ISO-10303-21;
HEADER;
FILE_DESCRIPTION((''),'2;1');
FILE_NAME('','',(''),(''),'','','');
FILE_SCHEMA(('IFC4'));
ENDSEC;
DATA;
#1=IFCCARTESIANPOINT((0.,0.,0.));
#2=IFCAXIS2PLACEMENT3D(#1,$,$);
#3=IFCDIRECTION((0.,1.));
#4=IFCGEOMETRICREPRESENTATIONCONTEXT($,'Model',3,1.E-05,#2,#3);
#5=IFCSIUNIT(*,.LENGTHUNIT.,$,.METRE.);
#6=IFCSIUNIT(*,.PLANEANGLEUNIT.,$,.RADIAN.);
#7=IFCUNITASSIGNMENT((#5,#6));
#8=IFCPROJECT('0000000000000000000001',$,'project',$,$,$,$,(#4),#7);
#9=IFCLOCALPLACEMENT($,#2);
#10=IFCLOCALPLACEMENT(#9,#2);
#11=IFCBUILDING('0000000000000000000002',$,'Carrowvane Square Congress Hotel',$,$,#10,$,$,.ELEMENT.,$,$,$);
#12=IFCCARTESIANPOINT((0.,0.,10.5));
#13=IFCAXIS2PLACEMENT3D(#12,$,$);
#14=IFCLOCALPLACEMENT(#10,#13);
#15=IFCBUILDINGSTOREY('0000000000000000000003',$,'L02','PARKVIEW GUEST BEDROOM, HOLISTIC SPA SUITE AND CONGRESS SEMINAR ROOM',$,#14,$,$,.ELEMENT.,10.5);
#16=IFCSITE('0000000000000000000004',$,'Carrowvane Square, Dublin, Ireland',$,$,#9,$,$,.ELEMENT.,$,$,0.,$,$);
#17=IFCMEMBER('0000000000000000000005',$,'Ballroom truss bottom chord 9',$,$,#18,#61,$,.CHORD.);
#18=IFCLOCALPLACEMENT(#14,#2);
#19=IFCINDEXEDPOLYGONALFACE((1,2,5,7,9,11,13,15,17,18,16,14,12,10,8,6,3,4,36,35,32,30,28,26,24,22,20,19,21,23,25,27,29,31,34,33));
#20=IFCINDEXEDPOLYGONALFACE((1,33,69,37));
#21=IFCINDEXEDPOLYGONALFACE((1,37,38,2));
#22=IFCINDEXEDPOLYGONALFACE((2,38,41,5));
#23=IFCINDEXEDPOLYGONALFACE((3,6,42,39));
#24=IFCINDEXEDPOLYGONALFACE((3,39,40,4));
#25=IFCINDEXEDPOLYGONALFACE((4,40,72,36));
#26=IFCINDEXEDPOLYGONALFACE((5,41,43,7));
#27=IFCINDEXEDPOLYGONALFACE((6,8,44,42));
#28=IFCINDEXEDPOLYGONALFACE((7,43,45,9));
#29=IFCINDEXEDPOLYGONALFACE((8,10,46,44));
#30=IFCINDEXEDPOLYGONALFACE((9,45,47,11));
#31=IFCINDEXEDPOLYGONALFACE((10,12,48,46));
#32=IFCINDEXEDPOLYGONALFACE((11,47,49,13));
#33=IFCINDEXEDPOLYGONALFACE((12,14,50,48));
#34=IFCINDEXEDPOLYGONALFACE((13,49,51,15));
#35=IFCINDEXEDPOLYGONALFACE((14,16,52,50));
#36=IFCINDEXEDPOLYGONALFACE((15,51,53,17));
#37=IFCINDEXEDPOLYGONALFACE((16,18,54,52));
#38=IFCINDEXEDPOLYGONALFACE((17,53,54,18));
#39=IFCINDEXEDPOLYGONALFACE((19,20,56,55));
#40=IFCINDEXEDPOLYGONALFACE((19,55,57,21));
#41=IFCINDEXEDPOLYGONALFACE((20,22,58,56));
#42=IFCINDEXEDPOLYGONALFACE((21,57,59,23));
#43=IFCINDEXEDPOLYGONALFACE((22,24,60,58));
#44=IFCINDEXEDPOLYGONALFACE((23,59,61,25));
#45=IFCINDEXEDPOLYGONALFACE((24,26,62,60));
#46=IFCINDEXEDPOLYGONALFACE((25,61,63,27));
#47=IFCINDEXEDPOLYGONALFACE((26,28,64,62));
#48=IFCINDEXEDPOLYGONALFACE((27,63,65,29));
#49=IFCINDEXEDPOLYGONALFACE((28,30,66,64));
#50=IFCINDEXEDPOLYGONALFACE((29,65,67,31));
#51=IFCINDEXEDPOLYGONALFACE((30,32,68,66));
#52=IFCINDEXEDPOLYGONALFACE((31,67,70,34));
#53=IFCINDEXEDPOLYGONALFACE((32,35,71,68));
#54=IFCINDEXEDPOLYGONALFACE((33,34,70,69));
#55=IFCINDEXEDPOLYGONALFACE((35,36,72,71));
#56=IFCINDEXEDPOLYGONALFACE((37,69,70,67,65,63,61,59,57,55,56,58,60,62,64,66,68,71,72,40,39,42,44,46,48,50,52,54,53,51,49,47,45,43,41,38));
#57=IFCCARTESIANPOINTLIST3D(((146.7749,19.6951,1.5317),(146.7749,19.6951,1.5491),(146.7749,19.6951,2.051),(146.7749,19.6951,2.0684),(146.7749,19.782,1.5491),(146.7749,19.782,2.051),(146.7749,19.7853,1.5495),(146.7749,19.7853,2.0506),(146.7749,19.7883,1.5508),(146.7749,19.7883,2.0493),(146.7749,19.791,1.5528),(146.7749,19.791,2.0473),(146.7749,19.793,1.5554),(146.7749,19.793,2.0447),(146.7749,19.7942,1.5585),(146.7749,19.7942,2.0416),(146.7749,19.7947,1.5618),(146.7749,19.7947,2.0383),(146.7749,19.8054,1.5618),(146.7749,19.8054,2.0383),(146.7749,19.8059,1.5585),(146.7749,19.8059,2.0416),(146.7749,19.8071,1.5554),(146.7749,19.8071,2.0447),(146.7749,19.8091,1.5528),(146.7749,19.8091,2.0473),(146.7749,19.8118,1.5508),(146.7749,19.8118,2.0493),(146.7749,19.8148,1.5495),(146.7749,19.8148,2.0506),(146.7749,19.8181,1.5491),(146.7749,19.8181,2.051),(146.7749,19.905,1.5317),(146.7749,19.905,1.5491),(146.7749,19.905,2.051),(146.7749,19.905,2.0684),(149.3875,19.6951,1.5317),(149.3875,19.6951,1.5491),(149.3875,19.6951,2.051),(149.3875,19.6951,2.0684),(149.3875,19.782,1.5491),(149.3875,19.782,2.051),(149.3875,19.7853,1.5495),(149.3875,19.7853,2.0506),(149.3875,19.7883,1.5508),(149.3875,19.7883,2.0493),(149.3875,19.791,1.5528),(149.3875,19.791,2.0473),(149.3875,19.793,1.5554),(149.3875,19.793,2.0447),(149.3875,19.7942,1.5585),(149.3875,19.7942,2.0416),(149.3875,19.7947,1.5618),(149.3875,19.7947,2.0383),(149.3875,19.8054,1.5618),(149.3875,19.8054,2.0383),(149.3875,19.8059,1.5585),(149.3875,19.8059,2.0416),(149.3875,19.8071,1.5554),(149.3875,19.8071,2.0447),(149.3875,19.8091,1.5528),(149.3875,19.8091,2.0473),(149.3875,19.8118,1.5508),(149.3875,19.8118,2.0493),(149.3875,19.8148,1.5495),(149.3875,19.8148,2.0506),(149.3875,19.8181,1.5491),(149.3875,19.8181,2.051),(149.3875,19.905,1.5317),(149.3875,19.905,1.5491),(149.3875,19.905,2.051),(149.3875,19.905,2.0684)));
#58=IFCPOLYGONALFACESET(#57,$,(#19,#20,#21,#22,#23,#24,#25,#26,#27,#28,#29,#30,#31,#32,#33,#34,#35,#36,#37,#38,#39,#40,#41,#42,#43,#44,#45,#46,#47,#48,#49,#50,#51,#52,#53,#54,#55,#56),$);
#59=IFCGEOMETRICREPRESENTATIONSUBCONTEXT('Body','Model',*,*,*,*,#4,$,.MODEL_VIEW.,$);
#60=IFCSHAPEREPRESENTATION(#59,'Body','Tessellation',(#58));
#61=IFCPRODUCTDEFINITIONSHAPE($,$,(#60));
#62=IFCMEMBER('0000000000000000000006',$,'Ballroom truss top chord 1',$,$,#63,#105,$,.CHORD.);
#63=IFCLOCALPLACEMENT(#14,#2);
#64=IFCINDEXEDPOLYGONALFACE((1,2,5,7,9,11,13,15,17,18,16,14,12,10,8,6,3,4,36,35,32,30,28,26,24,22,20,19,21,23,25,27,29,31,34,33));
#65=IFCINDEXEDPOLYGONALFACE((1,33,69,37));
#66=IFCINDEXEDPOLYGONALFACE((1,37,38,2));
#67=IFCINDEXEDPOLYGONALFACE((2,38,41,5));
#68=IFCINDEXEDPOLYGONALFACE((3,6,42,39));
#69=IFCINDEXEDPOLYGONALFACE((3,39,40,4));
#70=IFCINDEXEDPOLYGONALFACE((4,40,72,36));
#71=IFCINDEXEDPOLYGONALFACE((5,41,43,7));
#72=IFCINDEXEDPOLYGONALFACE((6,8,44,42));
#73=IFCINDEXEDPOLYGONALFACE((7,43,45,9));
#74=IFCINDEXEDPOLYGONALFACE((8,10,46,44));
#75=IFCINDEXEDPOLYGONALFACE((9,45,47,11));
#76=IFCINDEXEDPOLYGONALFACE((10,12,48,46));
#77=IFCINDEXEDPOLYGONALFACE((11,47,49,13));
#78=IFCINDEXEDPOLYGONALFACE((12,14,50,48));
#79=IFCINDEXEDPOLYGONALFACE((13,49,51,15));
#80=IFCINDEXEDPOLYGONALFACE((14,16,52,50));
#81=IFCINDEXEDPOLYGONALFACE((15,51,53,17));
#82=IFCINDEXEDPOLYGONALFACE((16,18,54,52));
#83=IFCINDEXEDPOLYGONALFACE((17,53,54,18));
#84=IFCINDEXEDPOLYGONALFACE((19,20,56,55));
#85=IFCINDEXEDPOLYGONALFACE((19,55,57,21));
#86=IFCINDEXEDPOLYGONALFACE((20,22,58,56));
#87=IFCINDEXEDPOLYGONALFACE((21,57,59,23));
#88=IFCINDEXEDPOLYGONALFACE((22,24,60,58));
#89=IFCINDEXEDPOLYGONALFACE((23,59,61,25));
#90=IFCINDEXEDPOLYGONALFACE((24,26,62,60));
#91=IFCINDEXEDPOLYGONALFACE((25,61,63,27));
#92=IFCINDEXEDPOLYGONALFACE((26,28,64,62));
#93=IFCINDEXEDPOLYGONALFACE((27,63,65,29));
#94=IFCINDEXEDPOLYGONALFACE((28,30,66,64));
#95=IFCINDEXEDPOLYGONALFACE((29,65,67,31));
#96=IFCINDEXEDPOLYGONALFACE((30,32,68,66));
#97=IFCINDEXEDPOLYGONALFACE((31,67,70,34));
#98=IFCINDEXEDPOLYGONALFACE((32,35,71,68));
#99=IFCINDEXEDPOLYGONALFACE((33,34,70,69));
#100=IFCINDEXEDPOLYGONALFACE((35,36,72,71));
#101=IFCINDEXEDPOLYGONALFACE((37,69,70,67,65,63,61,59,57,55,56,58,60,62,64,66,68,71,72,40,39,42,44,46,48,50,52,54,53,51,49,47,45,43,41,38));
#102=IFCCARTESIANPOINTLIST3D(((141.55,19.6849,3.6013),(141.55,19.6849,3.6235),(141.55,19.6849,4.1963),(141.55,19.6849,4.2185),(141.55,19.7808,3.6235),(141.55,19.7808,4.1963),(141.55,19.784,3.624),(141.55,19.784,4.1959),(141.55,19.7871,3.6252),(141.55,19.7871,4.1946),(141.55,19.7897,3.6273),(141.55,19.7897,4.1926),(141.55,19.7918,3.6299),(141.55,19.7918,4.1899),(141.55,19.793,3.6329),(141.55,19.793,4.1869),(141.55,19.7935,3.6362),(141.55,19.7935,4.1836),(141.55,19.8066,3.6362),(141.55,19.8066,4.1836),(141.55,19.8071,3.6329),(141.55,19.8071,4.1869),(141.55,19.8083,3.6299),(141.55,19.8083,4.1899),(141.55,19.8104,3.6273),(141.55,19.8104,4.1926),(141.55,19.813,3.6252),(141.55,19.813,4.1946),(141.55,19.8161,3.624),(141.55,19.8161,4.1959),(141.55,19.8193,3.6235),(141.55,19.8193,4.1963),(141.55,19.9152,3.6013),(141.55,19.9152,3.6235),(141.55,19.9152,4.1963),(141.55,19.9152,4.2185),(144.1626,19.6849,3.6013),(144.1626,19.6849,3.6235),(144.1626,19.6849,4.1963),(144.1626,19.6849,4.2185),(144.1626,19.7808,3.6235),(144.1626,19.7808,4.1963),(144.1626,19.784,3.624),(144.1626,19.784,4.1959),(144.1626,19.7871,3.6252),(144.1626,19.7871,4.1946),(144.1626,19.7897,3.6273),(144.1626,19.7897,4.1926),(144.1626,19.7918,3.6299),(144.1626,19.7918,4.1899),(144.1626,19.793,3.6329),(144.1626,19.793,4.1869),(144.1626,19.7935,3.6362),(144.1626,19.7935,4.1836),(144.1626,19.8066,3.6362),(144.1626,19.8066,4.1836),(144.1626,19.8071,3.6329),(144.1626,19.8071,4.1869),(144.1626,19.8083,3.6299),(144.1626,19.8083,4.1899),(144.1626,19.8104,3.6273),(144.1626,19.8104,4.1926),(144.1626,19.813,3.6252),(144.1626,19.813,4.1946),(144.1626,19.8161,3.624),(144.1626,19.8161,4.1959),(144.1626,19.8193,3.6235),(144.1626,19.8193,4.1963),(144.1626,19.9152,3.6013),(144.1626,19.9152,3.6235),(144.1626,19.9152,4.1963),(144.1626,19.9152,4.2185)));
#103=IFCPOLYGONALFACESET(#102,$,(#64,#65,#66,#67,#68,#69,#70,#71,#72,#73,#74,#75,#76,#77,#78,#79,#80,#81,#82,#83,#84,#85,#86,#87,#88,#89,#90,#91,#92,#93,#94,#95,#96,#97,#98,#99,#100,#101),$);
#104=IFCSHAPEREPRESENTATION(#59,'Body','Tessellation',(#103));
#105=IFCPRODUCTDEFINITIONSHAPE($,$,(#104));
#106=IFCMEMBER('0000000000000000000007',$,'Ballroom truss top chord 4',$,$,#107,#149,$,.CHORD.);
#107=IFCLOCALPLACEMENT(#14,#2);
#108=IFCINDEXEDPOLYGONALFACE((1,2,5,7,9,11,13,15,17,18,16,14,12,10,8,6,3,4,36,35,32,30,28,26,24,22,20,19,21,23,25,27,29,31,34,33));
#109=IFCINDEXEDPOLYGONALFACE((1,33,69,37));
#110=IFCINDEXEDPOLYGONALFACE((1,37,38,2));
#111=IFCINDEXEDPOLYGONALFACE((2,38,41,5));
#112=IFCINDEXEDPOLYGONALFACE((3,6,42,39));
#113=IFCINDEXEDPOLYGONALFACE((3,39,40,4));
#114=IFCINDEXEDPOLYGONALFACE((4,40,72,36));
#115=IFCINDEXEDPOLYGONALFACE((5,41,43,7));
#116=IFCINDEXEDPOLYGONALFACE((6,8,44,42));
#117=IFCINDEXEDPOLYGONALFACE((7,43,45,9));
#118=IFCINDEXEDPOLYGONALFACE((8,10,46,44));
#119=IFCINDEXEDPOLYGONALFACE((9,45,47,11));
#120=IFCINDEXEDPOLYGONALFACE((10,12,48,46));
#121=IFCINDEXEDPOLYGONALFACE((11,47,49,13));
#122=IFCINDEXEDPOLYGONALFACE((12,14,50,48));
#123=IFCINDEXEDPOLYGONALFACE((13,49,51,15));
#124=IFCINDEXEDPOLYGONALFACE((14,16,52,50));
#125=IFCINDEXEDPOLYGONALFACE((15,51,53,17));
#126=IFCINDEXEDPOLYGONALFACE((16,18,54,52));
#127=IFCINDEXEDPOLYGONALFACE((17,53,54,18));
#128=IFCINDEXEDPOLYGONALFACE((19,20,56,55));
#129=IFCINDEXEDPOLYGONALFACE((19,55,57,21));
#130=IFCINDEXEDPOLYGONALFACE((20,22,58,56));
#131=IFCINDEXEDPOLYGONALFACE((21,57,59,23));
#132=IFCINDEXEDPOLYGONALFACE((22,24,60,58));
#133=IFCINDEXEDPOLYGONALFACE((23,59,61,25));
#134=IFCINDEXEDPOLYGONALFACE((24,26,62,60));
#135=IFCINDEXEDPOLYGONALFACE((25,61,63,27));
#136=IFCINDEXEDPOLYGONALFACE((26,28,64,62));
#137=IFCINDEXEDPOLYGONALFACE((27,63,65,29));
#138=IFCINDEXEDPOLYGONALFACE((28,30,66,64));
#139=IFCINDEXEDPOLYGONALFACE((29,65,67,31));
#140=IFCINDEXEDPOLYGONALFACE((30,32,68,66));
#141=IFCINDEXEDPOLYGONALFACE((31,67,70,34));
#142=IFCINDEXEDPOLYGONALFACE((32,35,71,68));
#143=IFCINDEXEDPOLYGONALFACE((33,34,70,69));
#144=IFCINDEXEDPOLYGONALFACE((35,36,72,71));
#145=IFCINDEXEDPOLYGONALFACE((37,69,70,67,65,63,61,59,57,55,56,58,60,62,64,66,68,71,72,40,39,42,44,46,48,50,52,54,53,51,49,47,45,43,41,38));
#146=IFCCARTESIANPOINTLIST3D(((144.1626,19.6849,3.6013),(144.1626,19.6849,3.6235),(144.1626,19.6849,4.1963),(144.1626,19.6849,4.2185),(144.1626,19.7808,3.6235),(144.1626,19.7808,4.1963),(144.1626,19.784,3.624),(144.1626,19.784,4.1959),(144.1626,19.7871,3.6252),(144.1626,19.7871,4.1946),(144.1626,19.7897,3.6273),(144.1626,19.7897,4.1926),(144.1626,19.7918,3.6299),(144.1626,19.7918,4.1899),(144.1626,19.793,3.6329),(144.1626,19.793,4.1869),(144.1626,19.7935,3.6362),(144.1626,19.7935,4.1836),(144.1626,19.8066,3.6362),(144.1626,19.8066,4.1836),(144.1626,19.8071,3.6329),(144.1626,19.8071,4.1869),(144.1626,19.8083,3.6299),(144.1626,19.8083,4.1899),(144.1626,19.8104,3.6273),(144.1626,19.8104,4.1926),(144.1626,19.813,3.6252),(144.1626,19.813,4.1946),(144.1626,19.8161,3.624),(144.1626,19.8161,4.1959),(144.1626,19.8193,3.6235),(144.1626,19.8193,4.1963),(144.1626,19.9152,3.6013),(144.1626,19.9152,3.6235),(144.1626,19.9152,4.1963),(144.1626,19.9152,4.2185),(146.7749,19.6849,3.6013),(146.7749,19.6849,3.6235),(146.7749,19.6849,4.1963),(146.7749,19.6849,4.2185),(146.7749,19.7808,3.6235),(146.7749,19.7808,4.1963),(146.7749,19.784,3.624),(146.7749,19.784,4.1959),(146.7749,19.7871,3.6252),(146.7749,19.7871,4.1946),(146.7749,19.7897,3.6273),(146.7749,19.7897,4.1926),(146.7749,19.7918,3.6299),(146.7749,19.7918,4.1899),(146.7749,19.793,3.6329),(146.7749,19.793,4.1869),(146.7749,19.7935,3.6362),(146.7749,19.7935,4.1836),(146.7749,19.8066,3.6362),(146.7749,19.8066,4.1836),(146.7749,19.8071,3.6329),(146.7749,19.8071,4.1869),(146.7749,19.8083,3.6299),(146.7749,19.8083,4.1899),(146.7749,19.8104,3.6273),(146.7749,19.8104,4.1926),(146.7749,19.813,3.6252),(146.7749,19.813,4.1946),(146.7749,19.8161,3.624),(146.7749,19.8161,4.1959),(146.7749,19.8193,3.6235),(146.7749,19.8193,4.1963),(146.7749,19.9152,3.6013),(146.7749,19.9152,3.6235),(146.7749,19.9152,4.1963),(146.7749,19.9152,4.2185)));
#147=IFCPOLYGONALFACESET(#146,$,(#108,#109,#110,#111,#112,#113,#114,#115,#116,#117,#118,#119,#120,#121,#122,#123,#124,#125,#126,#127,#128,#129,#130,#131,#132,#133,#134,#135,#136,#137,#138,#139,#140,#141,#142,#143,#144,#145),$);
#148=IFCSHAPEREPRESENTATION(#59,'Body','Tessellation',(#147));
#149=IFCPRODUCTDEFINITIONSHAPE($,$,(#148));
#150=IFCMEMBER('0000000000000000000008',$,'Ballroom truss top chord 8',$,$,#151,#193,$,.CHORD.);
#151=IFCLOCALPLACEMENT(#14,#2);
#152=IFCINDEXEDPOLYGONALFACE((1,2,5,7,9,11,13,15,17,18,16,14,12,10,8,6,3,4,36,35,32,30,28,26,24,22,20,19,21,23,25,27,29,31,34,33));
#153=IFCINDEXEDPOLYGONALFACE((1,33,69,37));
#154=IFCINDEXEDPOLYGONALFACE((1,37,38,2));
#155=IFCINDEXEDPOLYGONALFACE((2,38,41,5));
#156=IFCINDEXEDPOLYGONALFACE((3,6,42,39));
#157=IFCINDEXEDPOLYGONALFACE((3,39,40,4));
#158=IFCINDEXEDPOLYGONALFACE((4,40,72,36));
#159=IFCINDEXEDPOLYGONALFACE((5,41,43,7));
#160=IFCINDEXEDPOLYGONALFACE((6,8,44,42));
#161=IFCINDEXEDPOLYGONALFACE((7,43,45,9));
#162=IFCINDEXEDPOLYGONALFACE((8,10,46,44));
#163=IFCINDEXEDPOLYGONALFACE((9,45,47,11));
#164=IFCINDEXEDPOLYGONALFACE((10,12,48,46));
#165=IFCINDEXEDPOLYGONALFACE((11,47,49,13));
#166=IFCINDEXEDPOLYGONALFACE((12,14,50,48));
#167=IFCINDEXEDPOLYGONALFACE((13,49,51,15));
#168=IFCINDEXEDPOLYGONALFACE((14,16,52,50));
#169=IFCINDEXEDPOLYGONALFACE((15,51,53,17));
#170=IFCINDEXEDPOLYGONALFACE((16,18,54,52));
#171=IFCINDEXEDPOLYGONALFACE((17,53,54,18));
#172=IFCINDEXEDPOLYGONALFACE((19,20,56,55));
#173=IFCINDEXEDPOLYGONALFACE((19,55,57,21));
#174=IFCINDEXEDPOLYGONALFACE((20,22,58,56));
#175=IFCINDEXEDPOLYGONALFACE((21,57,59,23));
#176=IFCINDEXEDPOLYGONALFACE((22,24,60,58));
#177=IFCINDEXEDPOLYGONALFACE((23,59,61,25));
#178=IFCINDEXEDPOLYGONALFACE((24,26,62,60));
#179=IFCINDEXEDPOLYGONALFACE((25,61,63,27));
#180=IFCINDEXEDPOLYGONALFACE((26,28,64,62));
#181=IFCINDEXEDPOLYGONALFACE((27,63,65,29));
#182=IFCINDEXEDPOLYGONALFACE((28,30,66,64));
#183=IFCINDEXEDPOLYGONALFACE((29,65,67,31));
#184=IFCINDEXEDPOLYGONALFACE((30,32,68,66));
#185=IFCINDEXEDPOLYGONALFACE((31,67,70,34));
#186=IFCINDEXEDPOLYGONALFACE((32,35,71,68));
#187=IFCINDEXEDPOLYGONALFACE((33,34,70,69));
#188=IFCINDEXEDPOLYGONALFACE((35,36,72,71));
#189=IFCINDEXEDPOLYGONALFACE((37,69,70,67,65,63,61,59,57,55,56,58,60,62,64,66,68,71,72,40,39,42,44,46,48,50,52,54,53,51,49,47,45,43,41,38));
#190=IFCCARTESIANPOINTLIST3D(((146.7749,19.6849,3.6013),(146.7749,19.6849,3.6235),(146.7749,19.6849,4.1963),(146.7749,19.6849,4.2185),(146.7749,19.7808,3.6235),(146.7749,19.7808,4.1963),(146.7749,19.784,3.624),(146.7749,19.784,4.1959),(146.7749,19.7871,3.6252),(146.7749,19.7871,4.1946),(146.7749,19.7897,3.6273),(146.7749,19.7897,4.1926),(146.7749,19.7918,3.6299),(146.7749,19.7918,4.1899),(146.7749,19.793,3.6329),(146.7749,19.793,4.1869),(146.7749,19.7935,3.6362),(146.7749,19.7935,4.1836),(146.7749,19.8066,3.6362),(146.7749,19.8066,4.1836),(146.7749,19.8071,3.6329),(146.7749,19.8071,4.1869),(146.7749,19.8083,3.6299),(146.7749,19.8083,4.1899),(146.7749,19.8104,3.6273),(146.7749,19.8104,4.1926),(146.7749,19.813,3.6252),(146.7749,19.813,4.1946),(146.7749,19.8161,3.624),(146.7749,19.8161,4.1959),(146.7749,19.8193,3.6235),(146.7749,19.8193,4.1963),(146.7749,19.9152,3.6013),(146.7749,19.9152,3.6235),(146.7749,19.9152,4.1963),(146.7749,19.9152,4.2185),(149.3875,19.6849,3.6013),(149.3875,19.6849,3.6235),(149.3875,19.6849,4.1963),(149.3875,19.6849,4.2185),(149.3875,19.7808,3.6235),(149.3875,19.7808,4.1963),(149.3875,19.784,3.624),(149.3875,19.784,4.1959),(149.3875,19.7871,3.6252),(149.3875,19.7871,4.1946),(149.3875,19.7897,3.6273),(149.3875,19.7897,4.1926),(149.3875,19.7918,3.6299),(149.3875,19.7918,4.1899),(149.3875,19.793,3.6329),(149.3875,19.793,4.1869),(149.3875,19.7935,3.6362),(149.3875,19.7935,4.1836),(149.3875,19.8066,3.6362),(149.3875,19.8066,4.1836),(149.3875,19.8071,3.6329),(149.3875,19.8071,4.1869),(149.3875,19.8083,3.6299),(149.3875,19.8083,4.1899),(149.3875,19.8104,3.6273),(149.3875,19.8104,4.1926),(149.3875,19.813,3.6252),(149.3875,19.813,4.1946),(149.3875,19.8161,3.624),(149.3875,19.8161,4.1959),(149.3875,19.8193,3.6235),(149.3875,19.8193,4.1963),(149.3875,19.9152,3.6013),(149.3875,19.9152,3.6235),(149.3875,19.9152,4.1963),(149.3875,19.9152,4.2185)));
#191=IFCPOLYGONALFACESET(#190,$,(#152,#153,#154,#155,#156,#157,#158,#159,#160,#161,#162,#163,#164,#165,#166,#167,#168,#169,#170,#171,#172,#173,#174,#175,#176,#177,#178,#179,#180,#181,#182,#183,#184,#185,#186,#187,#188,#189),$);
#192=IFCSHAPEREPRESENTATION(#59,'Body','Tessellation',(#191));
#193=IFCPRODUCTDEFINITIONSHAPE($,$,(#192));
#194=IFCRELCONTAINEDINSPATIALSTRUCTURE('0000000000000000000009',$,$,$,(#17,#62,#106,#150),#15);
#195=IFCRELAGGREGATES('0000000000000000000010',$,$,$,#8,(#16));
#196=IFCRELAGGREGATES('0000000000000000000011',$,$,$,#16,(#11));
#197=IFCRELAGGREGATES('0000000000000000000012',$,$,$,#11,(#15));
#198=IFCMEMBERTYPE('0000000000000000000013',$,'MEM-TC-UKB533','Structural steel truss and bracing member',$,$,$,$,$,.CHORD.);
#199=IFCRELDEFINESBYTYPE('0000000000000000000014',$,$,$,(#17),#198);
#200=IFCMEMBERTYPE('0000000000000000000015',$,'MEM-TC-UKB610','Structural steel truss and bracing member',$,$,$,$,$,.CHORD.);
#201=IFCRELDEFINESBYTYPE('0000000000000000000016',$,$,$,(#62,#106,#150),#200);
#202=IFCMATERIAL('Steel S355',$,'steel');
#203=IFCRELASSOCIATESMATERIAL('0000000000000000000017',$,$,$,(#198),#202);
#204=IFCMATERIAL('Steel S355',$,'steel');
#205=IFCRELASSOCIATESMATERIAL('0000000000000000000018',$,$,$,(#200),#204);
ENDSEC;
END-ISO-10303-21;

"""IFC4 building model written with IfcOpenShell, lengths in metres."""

from ifc_helpers import new_model, si_unit, direction, frame, origin, origin_2d, place, context, subcontext, project, spatial, i_section, extrude, material, material_profile, profile_set, type_object, element, save


model = new_model("IFC4")

# Units and contexts
model_context = context("Model", 3, precision=1e-05, world=origin(), true_north=direction((0.0, 1.0)))
body_context = subcontext(model_context, "Body", "Model", "MODEL_VIEW")
ifc_project = project(units=[si_unit("LENGTHUNIT", "METRE"), si_unit("PLANEANGLEUNIT", "RADIAN")], contexts=[model_context])

# Site, building, storey
site_placement = place(None, origin())
site = spatial("IfcSite", under=ifc_project, at=site_placement, Name="Carrowvane Square, Dublin, Ireland", CompositionType="ELEMENT", RefElevation=0.0)
building_placement = place(site_placement, origin())
building = spatial("IfcBuilding", under=site, at=building_placement, Name="Carrowvane Square Congress Hotel", CompositionType="ELEMENT")
storey_placement = place(building_placement, frame((0.0, 0.0, 10.5)))
storey = spatial("IfcBuildingStorey", under=building, at=storey_placement, Name="L02", Description="PARKVIEW GUEST BEDROOM, HOLISTIC SPA SUITE AND CONGRESS SEMINAR ROOM", CompositionType="ELEMENT", Elevation=10.5)

# Members
ifc_material_1 = material(Name="Steel S355", Category="steel")
ifc_material_profile_1 = material_profile(ifc_material_1, i_section(OverallWidth=0.21, OverallDepth=0.5366, WebThickness=0.0107, FlangeThickness=0.0173, FilletRadius=0.0127, at=origin_2d()), Name="UKB 533x210x101")
ifc_profile_set_1 = profile_set([ifc_material_profile_1], Name="Steel S355")
member_type_1 = type_object("IfcMemberType", Name="MEM-TC-UKB533", Description="Structural steel truss and bracing member", PredefinedType="CHORD", material=ifc_profile_set_1)
member_1_placement = place(storey_placement, frame((146.7749, 19.8, 1.8), z_axis=(1.0, 0.0, 0.0), x_axis=(0.0, 1.0, 0.0)))
element("IfcMember", 1, at=member_1_placement, inside=storey, type_object=member_type_1, Name="Ballroom truss bottom chord 9", PredefinedType="CHORD", context=body_context, shape_type="SweptSolid", body=[
    extrude(i_section(OverallWidth=0.21, OverallDepth=0.5366, WebThickness=0.0107, FlangeThickness=0.0173, FilletRadius=0.0127, at=origin_2d()), origin(), (0.0, 0.0, 1.0), 2.6125),
])
ifc_material_2 = material(Name="Steel S355", Category="steel")
ifc_material_profile_2 = material_profile(ifc_material_2, i_section(OverallWidth=0.2302, OverallDepth=0.6172, WebThickness=0.0132, FlangeThickness=0.0222, FilletRadius=0.0127, at=origin_2d()), Name="UKB 610x229x140")
ifc_profile_set_2 = profile_set([ifc_material_profile_2], Name="Steel S355")
member_type_2 = type_object("IfcMemberType", Name="MEM-TC-UKB610", Description="Structural steel truss and bracing member", PredefinedType="CHORD", material=ifc_profile_set_2)
member_2_placement = place(storey_placement, frame((141.55, 19.8, 3.9099), z_axis=(1.0, 0.0, 0.0), x_axis=(0.0, 1.0, 0.0)))
element("IfcMember", 2, at=member_2_placement, inside=storey, type_object=member_type_2, Name="Ballroom truss top chord 1", PredefinedType="CHORD", context=body_context, shape_type="SweptSolid", body=[
    extrude(i_section(OverallWidth=0.2302, OverallDepth=0.6172, WebThickness=0.0132, FlangeThickness=0.0222, FilletRadius=0.0127, at=origin_2d()), origin(), (0.0, 0.0, 1.0), 2.6125),
])
member_3_placement = place(storey_placement, frame((144.1626, 19.8, 3.9099), z_axis=(1.0, 0.0, 0.0), x_axis=(0.0, 1.0, 0.0)))
element("IfcMember", 3, at=member_3_placement, inside=storey, type_object=member_type_2, Name="Ballroom truss top chord 4", PredefinedType="CHORD", context=body_context, shape_type="SweptSolid", body=[
    extrude(i_section(OverallWidth=0.2302, OverallDepth=0.6172, WebThickness=0.0132, FlangeThickness=0.0222, FilletRadius=0.0127, at=origin_2d()), origin(), (0.0, 0.0, 1.0), 2.6123),
])
member_4_placement = place(storey_placement, frame((146.7749, 19.8, 3.9099), z_axis=(1.0, 0.0, 0.0), x_axis=(0.0, 1.0, 0.0)))
element("IfcMember", 4, at=member_4_placement, inside=storey, type_object=member_type_2, Name="Ballroom truss top chord 8", PredefinedType="CHORD", context=body_context, shape_type="SweptSolid", body=[
    extrude(i_section(OverallWidth=0.2302, OverallDepth=0.6172, WebThickness=0.0132, FlangeThickness=0.0222, FilletRadius=0.0127, at=origin_2d()), origin(), (0.0, 0.0, 1.0), 2.6125),
])

save(model, "model.ifc")
